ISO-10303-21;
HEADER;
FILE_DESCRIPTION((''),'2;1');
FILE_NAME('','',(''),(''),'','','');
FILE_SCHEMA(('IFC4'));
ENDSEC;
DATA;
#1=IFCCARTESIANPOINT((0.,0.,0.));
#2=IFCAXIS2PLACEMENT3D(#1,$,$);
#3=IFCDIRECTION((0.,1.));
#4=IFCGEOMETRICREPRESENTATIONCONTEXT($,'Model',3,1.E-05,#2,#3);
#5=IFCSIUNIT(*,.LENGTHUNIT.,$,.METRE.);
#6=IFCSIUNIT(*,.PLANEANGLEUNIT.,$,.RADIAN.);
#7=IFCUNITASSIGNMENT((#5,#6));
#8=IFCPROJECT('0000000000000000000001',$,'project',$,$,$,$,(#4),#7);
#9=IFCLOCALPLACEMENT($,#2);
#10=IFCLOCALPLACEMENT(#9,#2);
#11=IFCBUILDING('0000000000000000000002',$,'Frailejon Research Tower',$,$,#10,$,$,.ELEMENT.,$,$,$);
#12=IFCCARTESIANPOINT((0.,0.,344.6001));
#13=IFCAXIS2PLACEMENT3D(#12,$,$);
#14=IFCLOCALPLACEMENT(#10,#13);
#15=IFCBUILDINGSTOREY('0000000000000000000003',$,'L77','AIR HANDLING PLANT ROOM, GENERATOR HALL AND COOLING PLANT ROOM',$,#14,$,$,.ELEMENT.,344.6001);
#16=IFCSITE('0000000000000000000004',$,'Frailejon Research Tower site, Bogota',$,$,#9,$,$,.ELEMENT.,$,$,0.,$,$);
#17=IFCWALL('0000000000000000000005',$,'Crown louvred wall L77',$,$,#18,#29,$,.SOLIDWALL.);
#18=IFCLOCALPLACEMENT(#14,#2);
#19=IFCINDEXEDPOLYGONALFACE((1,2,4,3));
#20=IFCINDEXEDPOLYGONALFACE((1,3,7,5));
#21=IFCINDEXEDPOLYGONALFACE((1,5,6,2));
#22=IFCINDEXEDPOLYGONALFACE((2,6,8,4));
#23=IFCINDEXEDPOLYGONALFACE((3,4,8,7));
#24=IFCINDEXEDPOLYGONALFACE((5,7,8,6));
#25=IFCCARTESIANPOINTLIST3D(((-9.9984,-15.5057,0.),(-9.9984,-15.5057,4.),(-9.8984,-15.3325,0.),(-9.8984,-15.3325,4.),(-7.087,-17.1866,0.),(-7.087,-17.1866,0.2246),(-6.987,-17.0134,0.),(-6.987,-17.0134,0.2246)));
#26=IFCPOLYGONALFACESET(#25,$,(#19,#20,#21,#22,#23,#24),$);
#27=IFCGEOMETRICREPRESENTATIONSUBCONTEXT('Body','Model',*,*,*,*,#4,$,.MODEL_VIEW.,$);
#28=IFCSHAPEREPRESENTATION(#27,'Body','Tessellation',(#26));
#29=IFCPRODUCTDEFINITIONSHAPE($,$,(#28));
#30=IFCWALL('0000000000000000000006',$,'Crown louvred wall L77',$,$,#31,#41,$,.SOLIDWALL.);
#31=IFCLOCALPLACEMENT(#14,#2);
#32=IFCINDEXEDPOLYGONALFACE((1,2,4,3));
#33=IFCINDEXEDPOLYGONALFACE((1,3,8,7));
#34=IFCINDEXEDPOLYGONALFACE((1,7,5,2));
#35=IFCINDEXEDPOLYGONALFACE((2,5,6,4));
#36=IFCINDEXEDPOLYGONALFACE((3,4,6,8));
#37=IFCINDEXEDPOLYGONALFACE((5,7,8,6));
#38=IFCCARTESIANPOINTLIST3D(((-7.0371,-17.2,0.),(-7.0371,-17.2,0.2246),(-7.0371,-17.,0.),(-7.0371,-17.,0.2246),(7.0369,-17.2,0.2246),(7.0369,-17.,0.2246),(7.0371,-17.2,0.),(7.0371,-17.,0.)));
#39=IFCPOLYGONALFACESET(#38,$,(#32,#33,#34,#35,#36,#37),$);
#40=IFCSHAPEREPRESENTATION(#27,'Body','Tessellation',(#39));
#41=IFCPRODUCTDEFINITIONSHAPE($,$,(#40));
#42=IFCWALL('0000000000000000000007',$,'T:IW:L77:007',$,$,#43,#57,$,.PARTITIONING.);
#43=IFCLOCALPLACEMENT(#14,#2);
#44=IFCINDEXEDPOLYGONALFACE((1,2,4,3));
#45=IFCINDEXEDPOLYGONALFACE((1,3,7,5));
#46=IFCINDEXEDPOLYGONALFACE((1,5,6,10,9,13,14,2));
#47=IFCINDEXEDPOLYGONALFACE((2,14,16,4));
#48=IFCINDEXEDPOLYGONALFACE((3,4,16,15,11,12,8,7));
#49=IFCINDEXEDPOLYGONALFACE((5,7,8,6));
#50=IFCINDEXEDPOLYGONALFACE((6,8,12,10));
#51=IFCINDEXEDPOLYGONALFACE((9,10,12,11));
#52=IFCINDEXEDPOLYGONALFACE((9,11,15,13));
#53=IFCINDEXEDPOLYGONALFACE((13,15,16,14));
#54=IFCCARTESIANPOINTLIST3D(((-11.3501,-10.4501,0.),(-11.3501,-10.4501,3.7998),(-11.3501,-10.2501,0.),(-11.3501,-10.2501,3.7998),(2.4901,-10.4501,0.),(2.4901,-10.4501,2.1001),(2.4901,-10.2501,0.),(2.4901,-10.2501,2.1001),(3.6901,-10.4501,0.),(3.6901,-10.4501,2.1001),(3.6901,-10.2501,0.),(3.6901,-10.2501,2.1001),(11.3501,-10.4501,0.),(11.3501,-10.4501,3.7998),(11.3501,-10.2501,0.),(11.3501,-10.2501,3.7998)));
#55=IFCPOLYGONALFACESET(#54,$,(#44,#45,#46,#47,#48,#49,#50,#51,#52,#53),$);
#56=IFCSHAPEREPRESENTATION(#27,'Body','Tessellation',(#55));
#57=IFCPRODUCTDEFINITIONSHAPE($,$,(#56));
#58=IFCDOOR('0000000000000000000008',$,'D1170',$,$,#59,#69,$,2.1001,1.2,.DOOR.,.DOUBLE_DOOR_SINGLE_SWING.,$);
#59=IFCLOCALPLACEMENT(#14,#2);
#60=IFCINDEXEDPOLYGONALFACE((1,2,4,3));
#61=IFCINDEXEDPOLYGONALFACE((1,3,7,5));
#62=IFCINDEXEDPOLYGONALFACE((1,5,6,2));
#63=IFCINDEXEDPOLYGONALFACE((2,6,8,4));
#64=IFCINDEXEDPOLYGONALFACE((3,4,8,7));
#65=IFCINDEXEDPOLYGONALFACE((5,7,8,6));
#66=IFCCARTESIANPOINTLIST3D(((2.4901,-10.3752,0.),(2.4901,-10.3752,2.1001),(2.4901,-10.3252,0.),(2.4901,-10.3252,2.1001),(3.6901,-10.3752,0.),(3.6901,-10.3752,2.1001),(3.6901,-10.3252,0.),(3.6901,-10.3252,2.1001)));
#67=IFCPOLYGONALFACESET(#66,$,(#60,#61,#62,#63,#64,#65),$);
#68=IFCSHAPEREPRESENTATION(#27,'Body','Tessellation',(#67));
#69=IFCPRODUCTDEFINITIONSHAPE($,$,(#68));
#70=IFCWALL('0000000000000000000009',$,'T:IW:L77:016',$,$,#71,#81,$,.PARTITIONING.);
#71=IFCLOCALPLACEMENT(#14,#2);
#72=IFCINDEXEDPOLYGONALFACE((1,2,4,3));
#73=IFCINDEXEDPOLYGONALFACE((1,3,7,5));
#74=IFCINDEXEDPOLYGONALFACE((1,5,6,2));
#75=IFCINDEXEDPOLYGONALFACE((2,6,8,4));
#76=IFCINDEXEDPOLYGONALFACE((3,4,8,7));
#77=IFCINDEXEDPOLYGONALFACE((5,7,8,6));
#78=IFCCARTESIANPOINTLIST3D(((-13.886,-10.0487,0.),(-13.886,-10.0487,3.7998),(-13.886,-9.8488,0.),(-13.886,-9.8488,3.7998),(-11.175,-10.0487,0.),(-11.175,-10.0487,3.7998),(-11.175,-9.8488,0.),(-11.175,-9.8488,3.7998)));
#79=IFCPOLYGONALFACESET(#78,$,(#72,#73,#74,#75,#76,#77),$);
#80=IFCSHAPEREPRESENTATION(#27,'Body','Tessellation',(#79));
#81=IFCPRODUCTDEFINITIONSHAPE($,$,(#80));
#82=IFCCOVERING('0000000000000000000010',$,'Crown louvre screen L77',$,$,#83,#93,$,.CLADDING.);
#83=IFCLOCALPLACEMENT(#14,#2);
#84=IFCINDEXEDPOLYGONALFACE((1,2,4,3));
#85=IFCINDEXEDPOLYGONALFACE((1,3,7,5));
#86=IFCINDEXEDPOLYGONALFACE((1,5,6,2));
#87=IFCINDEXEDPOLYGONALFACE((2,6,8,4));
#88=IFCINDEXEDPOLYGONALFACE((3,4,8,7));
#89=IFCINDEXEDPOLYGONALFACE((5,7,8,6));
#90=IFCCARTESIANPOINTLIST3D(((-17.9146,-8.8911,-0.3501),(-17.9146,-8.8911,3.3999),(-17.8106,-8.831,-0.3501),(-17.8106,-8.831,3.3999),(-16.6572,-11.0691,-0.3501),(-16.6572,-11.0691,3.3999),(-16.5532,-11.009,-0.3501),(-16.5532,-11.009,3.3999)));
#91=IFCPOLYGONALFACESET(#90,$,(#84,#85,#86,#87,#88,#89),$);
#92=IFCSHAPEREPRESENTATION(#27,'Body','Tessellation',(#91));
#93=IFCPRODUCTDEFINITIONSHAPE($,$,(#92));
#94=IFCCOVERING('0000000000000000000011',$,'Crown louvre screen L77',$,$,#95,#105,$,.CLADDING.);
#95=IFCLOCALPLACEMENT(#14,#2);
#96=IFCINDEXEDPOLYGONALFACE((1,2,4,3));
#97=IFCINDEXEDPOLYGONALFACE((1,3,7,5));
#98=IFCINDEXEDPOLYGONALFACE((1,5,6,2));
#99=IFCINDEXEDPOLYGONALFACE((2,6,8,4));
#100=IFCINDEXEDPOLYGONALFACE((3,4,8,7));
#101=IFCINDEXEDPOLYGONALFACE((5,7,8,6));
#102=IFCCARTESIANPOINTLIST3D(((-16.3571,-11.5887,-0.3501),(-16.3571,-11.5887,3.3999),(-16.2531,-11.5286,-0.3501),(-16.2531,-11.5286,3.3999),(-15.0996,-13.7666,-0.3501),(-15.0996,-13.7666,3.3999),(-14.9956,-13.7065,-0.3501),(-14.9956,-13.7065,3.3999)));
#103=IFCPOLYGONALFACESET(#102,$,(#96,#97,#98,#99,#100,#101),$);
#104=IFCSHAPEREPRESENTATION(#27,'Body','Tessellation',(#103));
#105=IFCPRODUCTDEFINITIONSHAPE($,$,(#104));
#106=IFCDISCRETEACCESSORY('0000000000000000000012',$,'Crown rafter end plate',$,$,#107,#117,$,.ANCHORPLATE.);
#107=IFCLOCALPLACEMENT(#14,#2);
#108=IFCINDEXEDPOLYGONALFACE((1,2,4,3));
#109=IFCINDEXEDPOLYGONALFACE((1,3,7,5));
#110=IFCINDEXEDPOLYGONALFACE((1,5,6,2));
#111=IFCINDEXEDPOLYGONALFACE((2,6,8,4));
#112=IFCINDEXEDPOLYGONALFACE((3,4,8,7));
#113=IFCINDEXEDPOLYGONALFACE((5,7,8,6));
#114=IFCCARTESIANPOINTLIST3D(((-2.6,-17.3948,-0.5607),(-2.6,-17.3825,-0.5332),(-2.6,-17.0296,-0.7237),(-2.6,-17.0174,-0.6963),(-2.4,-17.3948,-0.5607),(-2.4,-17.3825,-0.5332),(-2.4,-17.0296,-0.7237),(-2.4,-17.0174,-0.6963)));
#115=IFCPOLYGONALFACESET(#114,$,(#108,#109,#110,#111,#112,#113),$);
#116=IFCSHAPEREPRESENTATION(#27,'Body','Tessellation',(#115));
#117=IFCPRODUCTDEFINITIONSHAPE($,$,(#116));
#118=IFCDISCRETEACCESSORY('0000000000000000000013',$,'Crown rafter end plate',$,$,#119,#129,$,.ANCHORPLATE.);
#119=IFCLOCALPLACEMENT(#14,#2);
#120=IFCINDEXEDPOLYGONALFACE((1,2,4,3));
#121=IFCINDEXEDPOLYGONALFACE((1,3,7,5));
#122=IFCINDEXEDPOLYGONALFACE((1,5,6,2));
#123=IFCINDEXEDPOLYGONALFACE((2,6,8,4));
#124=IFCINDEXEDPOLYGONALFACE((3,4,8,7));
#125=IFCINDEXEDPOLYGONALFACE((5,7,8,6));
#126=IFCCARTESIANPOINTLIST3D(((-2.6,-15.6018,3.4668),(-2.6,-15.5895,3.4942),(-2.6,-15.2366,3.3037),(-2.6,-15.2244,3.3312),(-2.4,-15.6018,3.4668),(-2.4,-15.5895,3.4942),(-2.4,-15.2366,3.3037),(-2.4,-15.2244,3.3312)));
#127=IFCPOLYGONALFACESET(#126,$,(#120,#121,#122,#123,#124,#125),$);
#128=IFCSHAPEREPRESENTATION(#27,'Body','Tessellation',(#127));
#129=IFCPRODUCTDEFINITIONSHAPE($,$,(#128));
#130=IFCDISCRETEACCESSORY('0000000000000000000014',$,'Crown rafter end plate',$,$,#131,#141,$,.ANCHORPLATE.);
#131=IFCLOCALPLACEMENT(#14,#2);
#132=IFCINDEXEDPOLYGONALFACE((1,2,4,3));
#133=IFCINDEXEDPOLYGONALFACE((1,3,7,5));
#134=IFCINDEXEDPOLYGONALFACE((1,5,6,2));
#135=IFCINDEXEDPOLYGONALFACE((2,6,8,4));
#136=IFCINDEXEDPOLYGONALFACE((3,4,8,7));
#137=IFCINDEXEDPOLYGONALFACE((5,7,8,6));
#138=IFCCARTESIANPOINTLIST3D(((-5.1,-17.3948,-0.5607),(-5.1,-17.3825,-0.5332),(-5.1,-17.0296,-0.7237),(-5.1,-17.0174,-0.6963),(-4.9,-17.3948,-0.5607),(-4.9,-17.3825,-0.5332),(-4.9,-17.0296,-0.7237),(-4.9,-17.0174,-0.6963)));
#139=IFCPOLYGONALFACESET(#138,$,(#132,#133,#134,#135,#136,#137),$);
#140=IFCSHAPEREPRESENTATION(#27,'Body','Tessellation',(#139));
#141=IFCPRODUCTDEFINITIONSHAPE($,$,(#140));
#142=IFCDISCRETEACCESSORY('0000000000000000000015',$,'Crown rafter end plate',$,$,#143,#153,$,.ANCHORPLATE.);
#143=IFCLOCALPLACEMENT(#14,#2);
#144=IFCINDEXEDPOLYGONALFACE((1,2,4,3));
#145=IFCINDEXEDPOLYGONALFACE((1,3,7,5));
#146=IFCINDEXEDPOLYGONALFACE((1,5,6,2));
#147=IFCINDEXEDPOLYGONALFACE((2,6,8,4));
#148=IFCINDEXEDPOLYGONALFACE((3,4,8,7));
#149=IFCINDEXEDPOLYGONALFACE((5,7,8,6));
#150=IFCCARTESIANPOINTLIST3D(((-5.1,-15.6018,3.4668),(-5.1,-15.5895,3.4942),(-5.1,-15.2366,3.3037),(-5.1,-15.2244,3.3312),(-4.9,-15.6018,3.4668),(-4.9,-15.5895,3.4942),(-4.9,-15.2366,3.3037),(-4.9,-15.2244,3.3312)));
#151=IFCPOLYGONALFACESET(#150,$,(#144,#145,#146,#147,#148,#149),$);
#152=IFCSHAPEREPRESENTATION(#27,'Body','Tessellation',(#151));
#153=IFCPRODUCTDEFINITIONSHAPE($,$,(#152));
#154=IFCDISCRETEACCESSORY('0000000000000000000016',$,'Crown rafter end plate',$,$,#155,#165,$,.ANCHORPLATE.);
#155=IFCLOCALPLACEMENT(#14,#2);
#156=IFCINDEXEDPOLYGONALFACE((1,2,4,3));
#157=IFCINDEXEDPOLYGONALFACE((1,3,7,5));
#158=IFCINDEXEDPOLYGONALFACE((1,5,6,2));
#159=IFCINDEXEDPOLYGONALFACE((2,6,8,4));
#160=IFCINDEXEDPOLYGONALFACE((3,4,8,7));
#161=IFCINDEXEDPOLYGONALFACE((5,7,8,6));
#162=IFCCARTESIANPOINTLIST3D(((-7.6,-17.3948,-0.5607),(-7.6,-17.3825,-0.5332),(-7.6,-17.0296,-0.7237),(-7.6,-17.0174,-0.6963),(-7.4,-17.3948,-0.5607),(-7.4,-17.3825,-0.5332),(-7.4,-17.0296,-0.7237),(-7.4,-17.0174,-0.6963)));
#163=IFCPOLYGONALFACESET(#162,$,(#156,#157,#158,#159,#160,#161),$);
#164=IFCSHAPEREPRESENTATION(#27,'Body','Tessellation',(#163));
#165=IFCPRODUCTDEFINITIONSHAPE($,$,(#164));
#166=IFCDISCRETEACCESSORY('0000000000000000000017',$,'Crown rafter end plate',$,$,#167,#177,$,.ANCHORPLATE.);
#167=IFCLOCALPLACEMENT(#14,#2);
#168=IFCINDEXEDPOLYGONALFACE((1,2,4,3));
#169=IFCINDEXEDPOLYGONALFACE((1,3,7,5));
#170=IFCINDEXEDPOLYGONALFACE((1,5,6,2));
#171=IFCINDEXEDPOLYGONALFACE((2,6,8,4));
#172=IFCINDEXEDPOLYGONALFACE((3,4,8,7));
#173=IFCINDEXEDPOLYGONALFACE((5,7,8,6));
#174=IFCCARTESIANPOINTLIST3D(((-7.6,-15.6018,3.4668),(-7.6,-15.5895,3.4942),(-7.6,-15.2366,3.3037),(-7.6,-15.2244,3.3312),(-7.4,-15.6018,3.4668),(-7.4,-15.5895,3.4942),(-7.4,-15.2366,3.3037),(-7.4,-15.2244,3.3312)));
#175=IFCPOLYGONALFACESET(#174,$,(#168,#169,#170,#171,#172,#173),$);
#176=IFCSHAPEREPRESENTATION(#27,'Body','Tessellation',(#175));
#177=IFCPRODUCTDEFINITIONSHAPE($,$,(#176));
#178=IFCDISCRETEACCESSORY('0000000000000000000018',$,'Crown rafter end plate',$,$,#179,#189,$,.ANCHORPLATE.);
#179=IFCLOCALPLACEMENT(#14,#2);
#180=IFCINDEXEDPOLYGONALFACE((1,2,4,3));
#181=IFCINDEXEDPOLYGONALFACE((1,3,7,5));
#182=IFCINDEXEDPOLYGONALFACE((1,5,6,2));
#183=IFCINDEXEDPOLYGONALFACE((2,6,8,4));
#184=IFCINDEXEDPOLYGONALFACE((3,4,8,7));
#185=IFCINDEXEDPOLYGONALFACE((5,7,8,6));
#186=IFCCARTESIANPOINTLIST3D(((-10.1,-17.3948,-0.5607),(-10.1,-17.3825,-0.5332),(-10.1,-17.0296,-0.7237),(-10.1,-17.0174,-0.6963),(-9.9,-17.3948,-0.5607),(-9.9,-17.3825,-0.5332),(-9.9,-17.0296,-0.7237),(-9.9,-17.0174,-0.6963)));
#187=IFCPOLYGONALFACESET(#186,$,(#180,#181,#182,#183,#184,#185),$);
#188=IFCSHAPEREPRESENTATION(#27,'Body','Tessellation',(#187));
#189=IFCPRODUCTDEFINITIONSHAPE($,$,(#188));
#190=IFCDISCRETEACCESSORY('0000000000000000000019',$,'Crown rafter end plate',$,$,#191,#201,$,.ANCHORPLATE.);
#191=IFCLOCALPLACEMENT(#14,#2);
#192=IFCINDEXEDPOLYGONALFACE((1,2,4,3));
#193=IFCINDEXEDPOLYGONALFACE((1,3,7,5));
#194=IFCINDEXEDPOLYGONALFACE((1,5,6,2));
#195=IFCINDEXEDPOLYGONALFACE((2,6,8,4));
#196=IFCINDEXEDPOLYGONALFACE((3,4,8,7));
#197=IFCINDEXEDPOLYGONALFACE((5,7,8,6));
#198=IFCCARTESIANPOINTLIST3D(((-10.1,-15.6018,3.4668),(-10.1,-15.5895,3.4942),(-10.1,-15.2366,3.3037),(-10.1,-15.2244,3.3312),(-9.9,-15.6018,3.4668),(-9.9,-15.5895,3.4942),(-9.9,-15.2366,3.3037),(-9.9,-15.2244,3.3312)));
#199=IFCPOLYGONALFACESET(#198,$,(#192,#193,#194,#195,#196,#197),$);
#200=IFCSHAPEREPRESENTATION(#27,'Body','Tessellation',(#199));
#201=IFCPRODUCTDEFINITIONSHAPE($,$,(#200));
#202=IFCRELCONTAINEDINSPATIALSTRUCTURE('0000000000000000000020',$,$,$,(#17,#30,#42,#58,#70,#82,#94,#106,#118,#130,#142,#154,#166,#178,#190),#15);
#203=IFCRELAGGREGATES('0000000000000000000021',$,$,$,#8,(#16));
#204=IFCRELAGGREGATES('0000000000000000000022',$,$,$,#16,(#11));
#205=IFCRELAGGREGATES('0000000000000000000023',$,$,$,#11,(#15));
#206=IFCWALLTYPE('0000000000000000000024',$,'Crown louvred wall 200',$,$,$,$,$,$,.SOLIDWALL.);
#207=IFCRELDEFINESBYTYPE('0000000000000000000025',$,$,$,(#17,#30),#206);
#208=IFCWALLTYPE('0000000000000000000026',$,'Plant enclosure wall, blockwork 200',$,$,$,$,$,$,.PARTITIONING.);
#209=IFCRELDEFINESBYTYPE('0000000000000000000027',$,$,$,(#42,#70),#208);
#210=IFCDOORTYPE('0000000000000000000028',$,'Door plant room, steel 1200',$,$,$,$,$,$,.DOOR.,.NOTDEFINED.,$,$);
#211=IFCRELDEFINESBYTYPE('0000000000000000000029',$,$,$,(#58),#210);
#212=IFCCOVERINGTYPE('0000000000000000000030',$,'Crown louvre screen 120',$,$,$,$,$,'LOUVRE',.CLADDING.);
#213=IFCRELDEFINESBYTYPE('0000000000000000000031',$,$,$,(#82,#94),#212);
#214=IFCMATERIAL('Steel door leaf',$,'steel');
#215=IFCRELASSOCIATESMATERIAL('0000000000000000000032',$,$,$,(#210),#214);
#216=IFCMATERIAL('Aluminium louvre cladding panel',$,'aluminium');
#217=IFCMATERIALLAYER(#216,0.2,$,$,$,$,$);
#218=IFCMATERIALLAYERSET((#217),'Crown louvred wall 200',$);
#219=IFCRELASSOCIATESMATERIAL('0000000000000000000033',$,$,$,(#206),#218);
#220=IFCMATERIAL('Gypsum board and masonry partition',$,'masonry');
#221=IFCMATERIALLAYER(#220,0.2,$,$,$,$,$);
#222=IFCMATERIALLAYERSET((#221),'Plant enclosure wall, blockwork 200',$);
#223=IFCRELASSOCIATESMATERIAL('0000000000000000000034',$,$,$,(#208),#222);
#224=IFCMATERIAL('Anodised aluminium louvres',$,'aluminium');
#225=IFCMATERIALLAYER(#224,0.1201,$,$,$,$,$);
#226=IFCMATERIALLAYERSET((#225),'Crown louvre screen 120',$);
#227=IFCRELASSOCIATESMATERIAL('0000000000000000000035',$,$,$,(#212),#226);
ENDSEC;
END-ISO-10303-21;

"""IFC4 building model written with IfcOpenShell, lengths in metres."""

from ifc_helpers import new_model, si_unit, direction, frame, frame_2d, origin, origin_2d, place, context, subcontext, project, spatial, polyline, rectangle, outline, extrude, material, layer, layer_set, type_object, element, fill, save


model = new_model("IFC4")

# Units and contexts
model_context = context("Model", 3, precision=1e-05, world=origin(), true_north=direction((0.0, 1.0)))
body_context = subcontext(model_context, "Body", "Model", "MODEL_VIEW")
ifc_project = project(units=[si_unit("LENGTHUNIT", "METRE"), si_unit("PLANEANGLEUNIT", "RADIAN")], contexts=[model_context])

# Site, building, storey
site_placement = place(None, origin())
site = spatial("IfcSite", under=ifc_project, at=site_placement, Name="Frailejon Research Tower site, Bogota", CompositionType="ELEMENT", RefElevation=0.0)
building_placement = place(site_placement, origin())
building = spatial("IfcBuilding", under=site, at=building_placement, Name="Frailejon Research Tower", CompositionType="ELEMENT")
storey_placement = place(building_placement, frame((0.0, 0.0, 344.6001)))
storey = spatial("IfcBuildingStorey", under=building, at=storey_placement, Name="L77", Description="AIR HANDLING PLANT ROOM, GENERATOR HALL AND COOLING PLANT ROOM", CompositionType="ELEMENT", Elevation=344.6001)

# Shared definitions
ifc_material_1 = material(Name="Steel door leaf", Category="steel")
door_type_1 = type_object("IfcDoorType", Name="Door plant room, steel 1200", OperationType="NOTDEFINED", PredefinedType="DOOR", material=ifc_material_1)

# Walls
ifc_material_2 = material(Name="Aluminium louvre cladding panel", Category="aluminium")
ifc_layer_1 = layer(ifc_material_2, 0.2)
ifc_layer_set_1 = layer_set([ifc_layer_1], Name="Crown louvred wall 200")
wall_type_1 = type_object("IfcWallType", Name="Crown louvred wall 200", PredefinedType="SOLIDWALL", material=ifc_layer_set_1)
wall_1_placement = place(storey_placement, frame((-9.9485, -15.4192, 0.0), z_axis=(0.0, 0.0, 1.0), x_axis=(0.866022, -0.500005, 0.0)))
element("IfcWall", 1, at=wall_1_placement, inside=storey, type_object=wall_type_1, Name="Crown louvred wall L77", PredefinedType="SOLIDWALL", context=body_context, shape_type="SweptSolid", body=[
    extrude(outline(polyline([(0.0, 0.0), (3.3618, 0.0), (3.3618, 0.2246), (0.0, 4.0), (0.0, 0.0)])), frame((0.0, 0.1001, 0.0), z_axis=(0.0, -1.0, 0.0), x_axis=(1.0, 0.0, 0.0)), (0.0, 0.0, 1.0), 0.2),
])
wall_2_placement = place(storey_placement, frame((-7.0371, -17.1001, 0.0), z_axis=(0.0, 0.0, 1.0), x_axis=(1.0, 0.0, 0.0)))
element("IfcWall", 2, at=wall_2_placement, inside=storey, type_object=wall_type_1, Name="Crown louvred wall L77", PredefinedType="SOLIDWALL", context=body_context, shape_type="SweptSolid", body=[
    extrude(outline(polyline([(0.0, 0.0), (14.0742, 0.0), (14.074, 0.2246), (0.0, 0.2246), (0.0, 0.0)])), frame((0.0, 0.1001, 0.0), z_axis=(0.0, -1.0, 0.0), x_axis=(1.0, 0.0, 0.0)), (0.0, 0.0, 1.0), 0.2),
])

# Wall, opening, door
ifc_material_3 = material(Name="Gypsum board and masonry partition", Category="masonry")
ifc_layer_2 = layer(ifc_material_3, 0.2)
ifc_layer_set_2 = layer_set([ifc_layer_2], Name="Plant enclosure wall, blockwork 200")
wall_type_2 = type_object("IfcWallType", Name="Plant enclosure wall, blockwork 200", PredefinedType="PARTITIONING", material=ifc_layer_set_2)
wall_3_placement = place(storey_placement, frame((-11.3501, -10.3501, 0.0), z_axis=(0.0, 0.0, 1.0), x_axis=(1.0, 0.0, 0.0)))
wall_3 = element("IfcWall", 3, at=wall_3_placement, inside=storey, type_object=wall_type_2, Name="T:IW:L77:007", PredefinedType="PARTITIONING", context=body_context, shape_type="SweptSolid", body=[
    extrude(rectangle(XDim=22.7002, YDim=0.2, at=frame_2d((11.3501, 0.0))), origin(), (0.0, 0.0, 1.0), 3.7998),
])
opening_1_placement = place(wall_3_placement, frame((13.8401, 0.0, 0.0)))
opening_1 = element("IfcOpeningElement", 4, at=opening_1_placement, cuts=wall_3, PredefinedType="OPENING", context=body_context, shape_type="SweptSolid", body=[
    extrude(rectangle(XDim=1.2, YDim=2.1001, at=frame_2d((0.6001, 1.05))), frame((0.0, 0.1099, 0.0), z_axis=(0.0, -1.0, 0.0), x_axis=(1.0, 0.0, 0.0)), (0.0, 0.0, 1.0), 0.22),
])
door_1_placement = place(opening_1_placement, origin())
door_1 = element("IfcDoor", 5, at=door_1_placement, inside=storey, type_object=door_type_1, Name="D1170", OperationType="DOUBLE_DOOR_SINGLE_SWING", OverallHeight=2.1001, OverallWidth=1.2, PredefinedType="DOOR", context=body_context, shape_type="SweptSolid", body=[
    extrude(rectangle(XDim=1.2, YDim=2.1001, at=frame_2d((0.6001, 1.05))), frame((0.0, 0.0249, 0.0), z_axis=(0.0, -1.0, 0.0), x_axis=(1.0, 0.0, 0.0)), (0.0, 0.0, 1.0), 0.05),
])
fill(opening_1, door_1)

# Wall
wall_4_placement = place(storey_placement, frame((-13.886, -9.9487, 0.0), z_axis=(0.0, 0.0, 1.0), x_axis=(1.0, 0.0, 0.0)))
element("IfcWall", 6, at=wall_4_placement, inside=storey, type_object=wall_type_2, Name="T:IW:L77:016", PredefinedType="PARTITIONING", context=body_context, shape_type="SweptSolid", body=[
    extrude(rectangle(XDim=2.7109, YDim=0.2, at=frame_2d((1.3555, 0.0))), origin(), (0.0, 0.0, 1.0), 3.7998),
])

# Coverings
ifc_material_4 = material(Name="Anodised aluminium louvres", Category="aluminium")
ifc_layer_3 = layer(ifc_material_4, 0.1201)
ifc_layer_set_3 = layer_set([ifc_layer_3], Name="Crown louvre screen 120")
covering_type = type_object("IfcCoveringType", Name="Crown louvre screen 120", ElementType="LOUVRE", PredefinedType="CLADDING", material=ifc_layer_set_3)
for number, where, z_axis, x_axis, name in (
    (7, (-16.6052, -11.0391, -0.3501), (-0.499979, 0.866037, 0.0), (-0.866037, -0.499979, 0.0), "Crown louvre screen L77"),
    (8, (-15.0476, -13.7366, -0.3501), (-0.500009, 0.86602, 0.0), (-0.86602, -0.500009, 0.0), "Crown louvre screen L77"),
):
    element("IfcCovering", number, at=place(storey_placement, frame(where, z_axis=z_axis, x_axis=x_axis)), inside=storey, type_object=covering_type, Name=name, PredefinedType="CLADDING", context=body_context, shape_type="SweptSolid", body=[
        extrude(outline(polyline([(-0.0601, 0.0), (0.0601, 0.0), (0.0601, 3.75), (-0.0601, 3.75), (-0.0601, 0.0)])), origin(), (0.0, 0.0, 1.0), 2.5149),
    ])

# Discrete accessories
for number, where, z_axis, x_axis, name in (
    (9, (-2.5, -17.2, -0.6147), (0.0, -0.407651, -0.913138), (1.0, 0.0, 0.0), "Crown rafter end plate"),
    (10, (-2.5, -15.4192, 3.3853), (0.0, 0.407651, 0.913138), (-1.0, 0.0, 0.0), "Crown rafter end plate"),
    (11, (-5.0, -17.2, -0.6147), (0.0, -0.407651, -0.913138), (1.0, 0.0, 0.0), "Crown rafter end plate"),
    (12, (-5.0, -15.4192, 3.3853), (0.0, 0.407651, 0.913138), (-1.0, 0.0, 0.0), "Crown rafter end plate"),
    (13, (-7.5, -17.2, -0.6147), (0.0, -0.407651, -0.913138), (1.0, 0.0, 0.0), "Crown rafter end plate"),
    (14, (-7.5, -15.4192, 3.3853), (0.0, 0.407651, 0.913138), (-1.0, 0.0, 0.0), "Crown rafter end plate"),
    (15, (-10.0, -17.2, -0.6147), (0.0, -0.407651, -0.913138), (1.0, 0.0, 0.0), "Crown rafter end plate"),
    (16, (-10.0, -15.4192, 3.3853), (0.0, 0.407651, 0.913138), (-1.0, 0.0, 0.0), "Crown rafter end plate"),
):
    element("IfcDiscreteAccessory", number, at=place(storey_placement, frame(where, z_axis=z_axis, x_axis=x_axis)), inside=storey, Name=name, PredefinedType="ANCHORPLATE", context=body_context, shape_type="SweptSolid", body=[
        extrude(rectangle(XDim=0.2, YDim=0.3999, at=origin_2d()), origin(), (0.0, 0.0, 1.0), 0.03),
    ])

save(model, "model.ifc")
